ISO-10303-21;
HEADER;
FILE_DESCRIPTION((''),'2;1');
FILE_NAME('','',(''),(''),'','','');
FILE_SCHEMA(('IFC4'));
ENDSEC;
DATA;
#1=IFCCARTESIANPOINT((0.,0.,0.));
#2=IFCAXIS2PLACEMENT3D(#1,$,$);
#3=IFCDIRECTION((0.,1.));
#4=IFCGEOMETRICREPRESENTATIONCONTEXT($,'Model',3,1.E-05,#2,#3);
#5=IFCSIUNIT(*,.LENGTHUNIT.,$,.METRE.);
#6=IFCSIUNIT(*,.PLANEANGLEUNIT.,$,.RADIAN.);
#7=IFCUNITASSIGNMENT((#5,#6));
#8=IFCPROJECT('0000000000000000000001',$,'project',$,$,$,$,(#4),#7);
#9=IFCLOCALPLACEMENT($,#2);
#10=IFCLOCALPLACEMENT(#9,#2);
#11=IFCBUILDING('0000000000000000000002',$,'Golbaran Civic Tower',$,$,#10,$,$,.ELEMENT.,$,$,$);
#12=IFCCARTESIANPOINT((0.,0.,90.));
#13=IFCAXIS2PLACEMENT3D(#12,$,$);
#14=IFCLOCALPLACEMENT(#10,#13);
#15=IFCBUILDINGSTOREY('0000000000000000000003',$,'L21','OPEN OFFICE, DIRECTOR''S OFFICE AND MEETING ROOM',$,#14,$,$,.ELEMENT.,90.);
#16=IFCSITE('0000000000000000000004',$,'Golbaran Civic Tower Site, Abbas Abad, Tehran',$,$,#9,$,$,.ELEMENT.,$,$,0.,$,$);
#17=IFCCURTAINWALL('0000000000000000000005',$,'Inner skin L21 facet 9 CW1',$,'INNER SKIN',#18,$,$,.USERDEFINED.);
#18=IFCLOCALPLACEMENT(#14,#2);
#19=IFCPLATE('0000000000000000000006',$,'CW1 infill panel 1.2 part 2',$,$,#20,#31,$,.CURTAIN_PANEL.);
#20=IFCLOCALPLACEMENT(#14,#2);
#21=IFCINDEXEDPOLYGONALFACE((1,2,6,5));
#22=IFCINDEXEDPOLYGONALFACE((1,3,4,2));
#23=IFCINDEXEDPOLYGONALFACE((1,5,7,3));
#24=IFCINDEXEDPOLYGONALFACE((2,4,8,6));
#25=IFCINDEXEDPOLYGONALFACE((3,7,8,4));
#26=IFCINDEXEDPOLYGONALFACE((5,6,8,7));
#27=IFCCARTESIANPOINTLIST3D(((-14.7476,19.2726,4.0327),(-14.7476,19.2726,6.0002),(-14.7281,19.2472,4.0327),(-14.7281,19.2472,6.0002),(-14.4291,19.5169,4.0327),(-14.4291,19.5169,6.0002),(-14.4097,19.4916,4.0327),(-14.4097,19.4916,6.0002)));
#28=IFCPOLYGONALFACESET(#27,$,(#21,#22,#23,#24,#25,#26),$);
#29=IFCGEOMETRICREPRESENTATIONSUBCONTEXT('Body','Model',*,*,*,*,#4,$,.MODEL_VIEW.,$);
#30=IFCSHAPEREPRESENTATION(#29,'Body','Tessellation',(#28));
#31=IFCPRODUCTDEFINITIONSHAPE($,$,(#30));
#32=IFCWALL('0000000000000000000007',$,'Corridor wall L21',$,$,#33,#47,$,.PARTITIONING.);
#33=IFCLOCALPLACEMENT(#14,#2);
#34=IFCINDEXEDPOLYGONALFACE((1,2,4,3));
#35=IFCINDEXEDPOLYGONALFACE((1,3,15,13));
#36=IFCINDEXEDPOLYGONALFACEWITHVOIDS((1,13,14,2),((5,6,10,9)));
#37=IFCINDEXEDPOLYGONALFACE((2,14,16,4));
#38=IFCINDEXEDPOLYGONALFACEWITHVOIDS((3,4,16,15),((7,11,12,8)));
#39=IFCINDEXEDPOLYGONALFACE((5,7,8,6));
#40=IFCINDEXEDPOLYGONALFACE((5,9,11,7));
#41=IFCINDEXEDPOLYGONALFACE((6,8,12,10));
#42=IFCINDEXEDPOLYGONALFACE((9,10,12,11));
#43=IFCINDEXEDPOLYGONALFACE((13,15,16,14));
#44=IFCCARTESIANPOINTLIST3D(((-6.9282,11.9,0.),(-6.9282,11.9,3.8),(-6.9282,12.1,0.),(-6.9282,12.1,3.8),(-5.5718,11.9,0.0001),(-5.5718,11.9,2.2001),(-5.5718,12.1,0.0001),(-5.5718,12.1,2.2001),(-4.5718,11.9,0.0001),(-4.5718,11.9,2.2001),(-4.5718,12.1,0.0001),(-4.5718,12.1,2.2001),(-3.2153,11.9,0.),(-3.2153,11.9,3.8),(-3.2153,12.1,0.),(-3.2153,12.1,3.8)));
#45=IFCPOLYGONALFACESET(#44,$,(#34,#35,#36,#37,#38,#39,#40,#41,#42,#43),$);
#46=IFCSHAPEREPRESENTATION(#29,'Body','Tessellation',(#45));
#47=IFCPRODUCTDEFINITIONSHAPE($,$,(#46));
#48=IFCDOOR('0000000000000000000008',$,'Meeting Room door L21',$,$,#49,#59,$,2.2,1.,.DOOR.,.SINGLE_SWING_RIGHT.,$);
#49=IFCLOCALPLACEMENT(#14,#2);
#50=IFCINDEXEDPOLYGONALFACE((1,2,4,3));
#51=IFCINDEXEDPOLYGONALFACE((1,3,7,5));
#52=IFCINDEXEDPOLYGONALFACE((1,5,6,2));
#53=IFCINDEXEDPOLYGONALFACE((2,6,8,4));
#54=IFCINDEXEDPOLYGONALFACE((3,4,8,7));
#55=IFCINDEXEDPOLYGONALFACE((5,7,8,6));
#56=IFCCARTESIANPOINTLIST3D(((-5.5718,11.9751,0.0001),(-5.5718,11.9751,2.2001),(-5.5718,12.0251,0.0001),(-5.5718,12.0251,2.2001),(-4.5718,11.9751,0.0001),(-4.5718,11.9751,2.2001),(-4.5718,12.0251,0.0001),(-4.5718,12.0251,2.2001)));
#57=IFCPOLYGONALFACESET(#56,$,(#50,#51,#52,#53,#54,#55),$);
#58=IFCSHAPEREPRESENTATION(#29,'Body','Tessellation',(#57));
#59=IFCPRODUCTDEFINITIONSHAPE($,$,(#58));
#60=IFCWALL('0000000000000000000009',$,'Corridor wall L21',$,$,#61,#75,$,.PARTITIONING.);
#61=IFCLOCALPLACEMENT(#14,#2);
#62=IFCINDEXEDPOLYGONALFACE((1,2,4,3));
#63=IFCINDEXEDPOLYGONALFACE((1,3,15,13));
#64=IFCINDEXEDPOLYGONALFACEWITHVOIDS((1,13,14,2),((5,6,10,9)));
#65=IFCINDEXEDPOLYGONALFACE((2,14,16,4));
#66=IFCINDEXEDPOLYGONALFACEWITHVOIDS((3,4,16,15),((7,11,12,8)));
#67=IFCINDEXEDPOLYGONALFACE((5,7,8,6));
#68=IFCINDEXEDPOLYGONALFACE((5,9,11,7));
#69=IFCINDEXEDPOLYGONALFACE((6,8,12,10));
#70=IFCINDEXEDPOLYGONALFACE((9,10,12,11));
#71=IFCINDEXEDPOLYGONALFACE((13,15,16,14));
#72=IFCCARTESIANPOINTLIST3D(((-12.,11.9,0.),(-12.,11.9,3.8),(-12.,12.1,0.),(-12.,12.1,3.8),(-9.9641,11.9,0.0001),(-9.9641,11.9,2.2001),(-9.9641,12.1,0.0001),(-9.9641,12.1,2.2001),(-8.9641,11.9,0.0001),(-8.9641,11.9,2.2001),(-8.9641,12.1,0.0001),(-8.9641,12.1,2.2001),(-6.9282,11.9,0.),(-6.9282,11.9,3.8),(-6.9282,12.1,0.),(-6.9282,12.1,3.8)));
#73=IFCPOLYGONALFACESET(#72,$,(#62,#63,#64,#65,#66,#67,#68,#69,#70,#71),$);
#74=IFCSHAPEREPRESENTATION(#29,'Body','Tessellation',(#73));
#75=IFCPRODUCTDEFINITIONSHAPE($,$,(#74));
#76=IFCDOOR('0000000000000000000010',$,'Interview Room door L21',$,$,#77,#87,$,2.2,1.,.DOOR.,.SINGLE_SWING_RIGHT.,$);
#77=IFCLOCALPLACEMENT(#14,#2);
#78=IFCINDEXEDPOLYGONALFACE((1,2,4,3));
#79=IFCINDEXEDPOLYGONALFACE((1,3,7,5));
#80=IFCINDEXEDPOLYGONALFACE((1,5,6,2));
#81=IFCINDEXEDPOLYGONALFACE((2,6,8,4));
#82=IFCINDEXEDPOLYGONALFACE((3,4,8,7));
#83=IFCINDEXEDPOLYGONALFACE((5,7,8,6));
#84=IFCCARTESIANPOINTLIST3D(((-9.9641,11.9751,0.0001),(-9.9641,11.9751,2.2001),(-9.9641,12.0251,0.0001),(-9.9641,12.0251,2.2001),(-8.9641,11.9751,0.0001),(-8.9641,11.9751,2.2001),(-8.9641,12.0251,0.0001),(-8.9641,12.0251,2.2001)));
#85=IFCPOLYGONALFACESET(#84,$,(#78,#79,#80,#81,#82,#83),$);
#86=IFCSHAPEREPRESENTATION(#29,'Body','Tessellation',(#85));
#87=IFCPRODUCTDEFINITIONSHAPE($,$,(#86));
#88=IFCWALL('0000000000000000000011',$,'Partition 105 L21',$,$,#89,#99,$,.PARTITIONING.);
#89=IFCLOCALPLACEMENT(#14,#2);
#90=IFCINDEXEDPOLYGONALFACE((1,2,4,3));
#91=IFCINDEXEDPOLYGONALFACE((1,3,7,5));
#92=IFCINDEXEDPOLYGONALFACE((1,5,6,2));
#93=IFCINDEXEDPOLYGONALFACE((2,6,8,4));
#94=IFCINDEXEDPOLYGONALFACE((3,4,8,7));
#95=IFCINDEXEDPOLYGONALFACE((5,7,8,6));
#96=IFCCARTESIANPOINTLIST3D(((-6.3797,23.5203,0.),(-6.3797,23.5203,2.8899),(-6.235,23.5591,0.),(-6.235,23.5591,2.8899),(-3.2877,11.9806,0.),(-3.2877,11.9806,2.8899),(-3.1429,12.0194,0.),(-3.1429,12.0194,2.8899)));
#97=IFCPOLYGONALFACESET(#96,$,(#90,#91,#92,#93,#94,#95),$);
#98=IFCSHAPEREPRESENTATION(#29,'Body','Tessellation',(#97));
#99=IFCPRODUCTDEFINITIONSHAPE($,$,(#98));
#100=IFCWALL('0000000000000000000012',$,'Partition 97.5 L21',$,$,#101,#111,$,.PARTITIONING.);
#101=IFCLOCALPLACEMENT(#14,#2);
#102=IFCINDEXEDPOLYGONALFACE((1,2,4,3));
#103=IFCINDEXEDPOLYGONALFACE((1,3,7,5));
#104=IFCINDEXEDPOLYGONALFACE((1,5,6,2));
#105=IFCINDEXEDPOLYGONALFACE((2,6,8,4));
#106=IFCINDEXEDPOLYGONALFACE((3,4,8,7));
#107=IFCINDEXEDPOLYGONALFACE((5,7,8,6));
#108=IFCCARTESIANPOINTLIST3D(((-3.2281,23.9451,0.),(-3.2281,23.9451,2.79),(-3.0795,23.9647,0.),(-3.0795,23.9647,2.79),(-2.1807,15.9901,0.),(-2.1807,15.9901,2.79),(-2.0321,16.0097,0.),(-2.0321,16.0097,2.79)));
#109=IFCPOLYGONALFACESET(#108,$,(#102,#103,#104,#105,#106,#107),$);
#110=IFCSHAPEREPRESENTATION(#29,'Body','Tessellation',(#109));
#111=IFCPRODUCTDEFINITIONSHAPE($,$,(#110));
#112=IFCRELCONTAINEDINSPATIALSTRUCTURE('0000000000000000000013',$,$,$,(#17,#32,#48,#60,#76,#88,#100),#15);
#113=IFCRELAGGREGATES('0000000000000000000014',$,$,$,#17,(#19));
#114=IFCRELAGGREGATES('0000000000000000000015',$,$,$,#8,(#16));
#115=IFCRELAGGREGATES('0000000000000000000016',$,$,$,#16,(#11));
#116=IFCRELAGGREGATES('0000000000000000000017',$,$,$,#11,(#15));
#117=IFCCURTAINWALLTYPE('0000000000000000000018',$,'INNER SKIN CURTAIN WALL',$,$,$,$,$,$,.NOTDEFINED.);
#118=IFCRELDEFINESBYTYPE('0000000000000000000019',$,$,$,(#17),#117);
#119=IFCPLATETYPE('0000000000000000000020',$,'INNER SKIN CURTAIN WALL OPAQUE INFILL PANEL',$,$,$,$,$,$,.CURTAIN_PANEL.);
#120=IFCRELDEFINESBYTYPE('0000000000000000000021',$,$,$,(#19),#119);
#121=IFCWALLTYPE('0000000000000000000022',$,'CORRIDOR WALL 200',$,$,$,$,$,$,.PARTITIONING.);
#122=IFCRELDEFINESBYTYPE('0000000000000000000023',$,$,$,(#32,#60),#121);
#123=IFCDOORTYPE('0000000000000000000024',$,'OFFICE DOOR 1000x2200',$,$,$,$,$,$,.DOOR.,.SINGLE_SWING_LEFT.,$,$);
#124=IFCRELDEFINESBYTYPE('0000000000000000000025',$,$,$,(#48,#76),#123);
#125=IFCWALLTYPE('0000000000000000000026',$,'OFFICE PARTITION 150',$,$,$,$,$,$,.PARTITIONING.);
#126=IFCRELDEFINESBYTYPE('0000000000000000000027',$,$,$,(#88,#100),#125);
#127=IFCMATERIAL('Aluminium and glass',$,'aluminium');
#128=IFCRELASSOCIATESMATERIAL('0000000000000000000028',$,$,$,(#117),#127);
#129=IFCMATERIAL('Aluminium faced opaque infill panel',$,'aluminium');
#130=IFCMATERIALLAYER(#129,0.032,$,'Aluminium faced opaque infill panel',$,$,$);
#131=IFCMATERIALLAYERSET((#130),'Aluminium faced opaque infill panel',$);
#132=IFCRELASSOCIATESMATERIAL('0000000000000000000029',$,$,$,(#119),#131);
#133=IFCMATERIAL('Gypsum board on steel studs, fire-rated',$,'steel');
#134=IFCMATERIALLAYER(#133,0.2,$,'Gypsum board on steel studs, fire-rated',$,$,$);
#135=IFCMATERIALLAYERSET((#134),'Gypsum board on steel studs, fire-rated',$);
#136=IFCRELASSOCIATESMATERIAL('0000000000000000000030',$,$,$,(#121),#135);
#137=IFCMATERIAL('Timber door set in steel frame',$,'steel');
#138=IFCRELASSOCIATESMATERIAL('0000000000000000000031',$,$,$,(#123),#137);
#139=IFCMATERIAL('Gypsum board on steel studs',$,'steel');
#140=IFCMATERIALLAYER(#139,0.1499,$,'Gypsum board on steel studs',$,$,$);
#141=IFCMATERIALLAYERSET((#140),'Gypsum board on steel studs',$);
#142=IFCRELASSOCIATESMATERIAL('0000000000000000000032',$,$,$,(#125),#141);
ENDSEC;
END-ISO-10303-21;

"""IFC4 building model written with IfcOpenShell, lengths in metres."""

from ifc_helpers import new_model, si_unit, direction, frame, frame_2d, origin, origin_2d, place, context, subcontext, project, spatial, rectangle, extrude, material, layer, layer_set, type_object, element, fill, aggregate, save


model = new_model("IFC4")

# Units and contexts
model_context = context("Model", 3, precision=1e-05, world=origin(), true_north=direction((0.0, 1.0)))
body_context = subcontext(model_context, "Body", "Model", "MODEL_VIEW")
ifc_project = project(units=[si_unit("LENGTHUNIT", "METRE"), si_unit("PLANEANGLEUNIT", "RADIAN")], contexts=[model_context])

# Site, building, storey
site_placement = place(None, origin())
site = spatial("IfcSite", under=ifc_project, at=site_placement, Name="Golbaran Civic Tower Site, Abbas Abad, Tehran", CompositionType="ELEMENT", RefElevation=0.0)
building_placement = place(site_placement, origin())
building = spatial("IfcBuilding", under=site, at=building_placement, Name="Golbaran Civic Tower", CompositionType="ELEMENT")
storey_placement = place(building_placement, frame((0.0, 0.0, 90.0)))
storey = spatial("IfcBuildingStorey", under=building, at=storey_placement, Name="L21", Description="OPEN OFFICE, DIRECTOR'S OFFICE AND MEETING ROOM", CompositionType="ELEMENT", Elevation=90.0)

# Shared definitions
ifc_material_1 = material(Name="Aluminium and glass", Category="aluminium")
curtain_wall_type = type_object("IfcCurtainWallType", Name="INNER SKIN CURTAIN WALL", PredefinedType="NOTDEFINED", material=ifc_material_1)

# Curtain wall
curtain_wall_1_placement = place(storey_placement, origin())
curtain_wall_1 = element("IfcCurtainWall", 1, at=curtain_wall_1_placement, inside=storey, type_object=curtain_wall_type, Name="Inner skin L21 facet 9 CW1", ObjectType="INNER SKIN", PredefinedType="USERDEFINED")

# Plate
ifc_material_2 = material(Name="Aluminium faced opaque infill panel", Category="aluminium")
ifc_layer_1 = layer(ifc_material_2, 0.032, Name="Aluminium faced opaque infill panel")
ifc_layer_set_1 = layer_set([ifc_layer_1], Name="Aluminium faced opaque infill panel")
plate_type_1 = type_object("IfcPlateType", Name="INNER SKIN CURTAIN WALL OPAQUE INFILL PANEL", PredefinedType="CURTAIN_PANEL", material=ifc_layer_set_1)
plate_1_placement = place(storey_placement, frame((-14.5786, 19.3821, 4.0327), z_axis=(0.0, 0.0, 1.0), x_axis=(-0.793353, -0.608761, 0.0)))
plate_1 = element("IfcPlate", 2, at=plate_1_placement, type_object=plate_type_1, Name="CW1 infill panel 1.2 part 2", PredefinedType="CURTAIN_PANEL", context=body_context, shape_type="SweptSolid", body=[
    extrude(rectangle(XDim=0.4014, YDim=0.032, at=origin_2d()), origin(), (0.0, 0.0, 1.0), 1.9675),
])
aggregate(curtain_wall_1, [plate_1])

# Walls, openings, doors
ifc_material_3 = material(Name="Gypsum board on steel studs, fire-rated", Category="steel")
ifc_layer_2 = layer(ifc_material_3, 0.2, Name="Gypsum board on steel studs, fire-rated")
ifc_layer_set_2 = layer_set([ifc_layer_2], Name="Gypsum board on steel studs, fire-rated")
wall_type_1 = type_object("IfcWallType", Name="CORRIDOR WALL 200", PredefinedType="PARTITIONING", material=ifc_layer_set_2)
wall_1_placement = place(storey_placement, frame((-3.2153, 12.0, 0.0), z_axis=(0.0, 0.0, 1.0), x_axis=(-1.0, 0.0, 0.0)))
wall_1 = element("IfcWall", 3, at=wall_1_placement, inside=storey, type_object=wall_type_1, Name="Corridor wall L21", PredefinedType="PARTITIONING", context=body_context, shape_type="SweptSolid", body=[
    extrude(rectangle(XDim=3.7129, YDim=0.2, at=frame_2d((1.8564, 0.0))), origin(), (0.0, 0.0, 1.0), 3.8),
])
opening_1_placement = place(wall_1_placement, frame((1.3564, 0.0, 0.0)))
opening_1 = element("IfcOpeningElement", 4, at=opening_1_placement, cuts=wall_1, PredefinedType="OPENING", context=body_context, shape_type="SweptSolid", body=[
    extrude(rectangle(XDim=1.0, YDim=2.2, at=frame_2d((0.5, 1.1001))), frame((0.0, 0.1099, 0.0), z_axis=(0.0, -1.0, 0.0), x_axis=(1.0, 0.0, 0.0)), (0.0, 0.0, 1.0), 0.22),
])
ifc_material_4 = material(Name="Timber door set in steel frame", Category="steel")
door_type = type_object("IfcDoorType", Name="OFFICE DOOR 1000x2200", OperationType="SINGLE_SWING_LEFT", PredefinedType="DOOR", material=ifc_material_4)
door_1_placement = place(opening_1_placement, origin())
door_1 = element("IfcDoor", 5, at=door_1_placement, inside=storey, type_object=door_type, Name="Meeting Room door L21", OperationType="SINGLE_SWING_RIGHT", OverallHeight=2.2, OverallWidth=1.0, PredefinedType="DOOR", context=body_context, shape_type="SweptSolid", body=[
    extrude(rectangle(XDim=1.0, YDim=2.2, at=frame_2d((0.5, 1.1001))), frame((0.0, 0.0249, 0.0), z_axis=(0.0, -1.0, 0.0), x_axis=(1.0, 0.0, 0.0)), (0.0, 0.0, 1.0), 0.05),
])
fill(opening_1, door_1)
wall_2_placement = place(storey_placement, frame((-6.9282, 12.0, 0.0), z_axis=(0.0, 0.0, 1.0), x_axis=(-1.0, 0.0, 0.0)))
wall_2 = element("IfcWall", 6, at=wall_2_placement, inside=storey, type_object=wall_type_1, Name="Corridor wall L21", PredefinedType="PARTITIONING", context=body_context, shape_type="SweptSolid", body=[
    extrude(rectangle(XDim=5.0718, YDim=0.2, at=frame_2d((2.5359, 0.0))), origin(), (0.0, 0.0, 1.0), 3.8),
])
opening_2_placement = place(wall_2_placement, frame((2.0359, 0.0, 0.0)))
opening_2 = element("IfcOpeningElement", 7, at=opening_2_placement, cuts=wall_2, PredefinedType="OPENING", context=body_context, shape_type="SweptSolid", body=[
    extrude(rectangle(XDim=1.0, YDim=2.2, at=frame_2d((0.5, 1.1001))), frame((0.0, 0.1099, 0.0), z_axis=(0.0, -1.0, 0.0), x_axis=(1.0, 0.0, 0.0)), (0.0, 0.0, 1.0), 0.22),
])
door_2_placement = place(opening_2_placement, origin())
door_2 = element("IfcDoor", 8, at=door_2_placement, inside=storey, type_object=door_type, Name="Interview Room door L21", OperationType="SINGLE_SWING_RIGHT", OverallHeight=2.2, OverallWidth=1.0, PredefinedType="DOOR", context=body_context, shape_type="SweptSolid", body=[
    extrude(rectangle(XDim=1.0, YDim=2.2, at=frame_2d((0.5, 1.1001))), frame((0.0, 0.0249, 0.0), z_axis=(0.0, -1.0, 0.0), x_axis=(1.0, 0.0, 0.0)), (0.0, 0.0, 1.0), 0.05),
])
fill(opening_2, door_2)

# Walls
ifc_material_5 = material(Name="Gypsum board on steel studs", Category="steel")
ifc_layer_3 = layer(ifc_material_5, 0.1499, Name="Gypsum board on steel studs")
ifc_layer_set_3 = layer_set([ifc_layer_3], Name="Gypsum board on steel studs")
wall_type_2 = type_object("IfcWallType", Name="OFFICE PARTITION 150", PredefinedType="PARTITIONING", material=ifc_layer_set_3)
wall_3_placement = place(storey_placement, frame((-3.2153, 12.0, 0.0), z_axis=(0.0, 0.0, 1.0), x_axis=(-0.258816, 0.965927, 0.0)))
element("IfcWall", 9, at=wall_3_placement, inside=storey, type_object=wall_type_2, Name="Partition 105 L21", PredefinedType="PARTITIONING", context=body_context, shape_type="SweptSolid", body=[
    extrude(rectangle(XDim=11.9468, YDim=0.1499, at=frame_2d((5.9734, 0.0))), origin(), (0.0, 0.0, 1.0), 2.8899),
])
wall_4_placement = place(storey_placement, frame((-2.1064, 16.0, 0.0), z_axis=(0.0, 0.0, 1.0), x_axis=(-0.130533, 0.991444, 0.0)))
element("IfcWall", 10, at=wall_4_placement, inside=storey, type_object=wall_type_2, Name="Partition 97.5 L21", PredefinedType="PARTITIONING", context=body_context, shape_type="SweptSolid", body=[
    extrude(rectangle(XDim=8.0237, YDim=0.1499, at=frame_2d((4.0117, 0.0))), origin(), (0.0, 0.0, 1.0), 2.79),
])

save(model, "model.ifc")
